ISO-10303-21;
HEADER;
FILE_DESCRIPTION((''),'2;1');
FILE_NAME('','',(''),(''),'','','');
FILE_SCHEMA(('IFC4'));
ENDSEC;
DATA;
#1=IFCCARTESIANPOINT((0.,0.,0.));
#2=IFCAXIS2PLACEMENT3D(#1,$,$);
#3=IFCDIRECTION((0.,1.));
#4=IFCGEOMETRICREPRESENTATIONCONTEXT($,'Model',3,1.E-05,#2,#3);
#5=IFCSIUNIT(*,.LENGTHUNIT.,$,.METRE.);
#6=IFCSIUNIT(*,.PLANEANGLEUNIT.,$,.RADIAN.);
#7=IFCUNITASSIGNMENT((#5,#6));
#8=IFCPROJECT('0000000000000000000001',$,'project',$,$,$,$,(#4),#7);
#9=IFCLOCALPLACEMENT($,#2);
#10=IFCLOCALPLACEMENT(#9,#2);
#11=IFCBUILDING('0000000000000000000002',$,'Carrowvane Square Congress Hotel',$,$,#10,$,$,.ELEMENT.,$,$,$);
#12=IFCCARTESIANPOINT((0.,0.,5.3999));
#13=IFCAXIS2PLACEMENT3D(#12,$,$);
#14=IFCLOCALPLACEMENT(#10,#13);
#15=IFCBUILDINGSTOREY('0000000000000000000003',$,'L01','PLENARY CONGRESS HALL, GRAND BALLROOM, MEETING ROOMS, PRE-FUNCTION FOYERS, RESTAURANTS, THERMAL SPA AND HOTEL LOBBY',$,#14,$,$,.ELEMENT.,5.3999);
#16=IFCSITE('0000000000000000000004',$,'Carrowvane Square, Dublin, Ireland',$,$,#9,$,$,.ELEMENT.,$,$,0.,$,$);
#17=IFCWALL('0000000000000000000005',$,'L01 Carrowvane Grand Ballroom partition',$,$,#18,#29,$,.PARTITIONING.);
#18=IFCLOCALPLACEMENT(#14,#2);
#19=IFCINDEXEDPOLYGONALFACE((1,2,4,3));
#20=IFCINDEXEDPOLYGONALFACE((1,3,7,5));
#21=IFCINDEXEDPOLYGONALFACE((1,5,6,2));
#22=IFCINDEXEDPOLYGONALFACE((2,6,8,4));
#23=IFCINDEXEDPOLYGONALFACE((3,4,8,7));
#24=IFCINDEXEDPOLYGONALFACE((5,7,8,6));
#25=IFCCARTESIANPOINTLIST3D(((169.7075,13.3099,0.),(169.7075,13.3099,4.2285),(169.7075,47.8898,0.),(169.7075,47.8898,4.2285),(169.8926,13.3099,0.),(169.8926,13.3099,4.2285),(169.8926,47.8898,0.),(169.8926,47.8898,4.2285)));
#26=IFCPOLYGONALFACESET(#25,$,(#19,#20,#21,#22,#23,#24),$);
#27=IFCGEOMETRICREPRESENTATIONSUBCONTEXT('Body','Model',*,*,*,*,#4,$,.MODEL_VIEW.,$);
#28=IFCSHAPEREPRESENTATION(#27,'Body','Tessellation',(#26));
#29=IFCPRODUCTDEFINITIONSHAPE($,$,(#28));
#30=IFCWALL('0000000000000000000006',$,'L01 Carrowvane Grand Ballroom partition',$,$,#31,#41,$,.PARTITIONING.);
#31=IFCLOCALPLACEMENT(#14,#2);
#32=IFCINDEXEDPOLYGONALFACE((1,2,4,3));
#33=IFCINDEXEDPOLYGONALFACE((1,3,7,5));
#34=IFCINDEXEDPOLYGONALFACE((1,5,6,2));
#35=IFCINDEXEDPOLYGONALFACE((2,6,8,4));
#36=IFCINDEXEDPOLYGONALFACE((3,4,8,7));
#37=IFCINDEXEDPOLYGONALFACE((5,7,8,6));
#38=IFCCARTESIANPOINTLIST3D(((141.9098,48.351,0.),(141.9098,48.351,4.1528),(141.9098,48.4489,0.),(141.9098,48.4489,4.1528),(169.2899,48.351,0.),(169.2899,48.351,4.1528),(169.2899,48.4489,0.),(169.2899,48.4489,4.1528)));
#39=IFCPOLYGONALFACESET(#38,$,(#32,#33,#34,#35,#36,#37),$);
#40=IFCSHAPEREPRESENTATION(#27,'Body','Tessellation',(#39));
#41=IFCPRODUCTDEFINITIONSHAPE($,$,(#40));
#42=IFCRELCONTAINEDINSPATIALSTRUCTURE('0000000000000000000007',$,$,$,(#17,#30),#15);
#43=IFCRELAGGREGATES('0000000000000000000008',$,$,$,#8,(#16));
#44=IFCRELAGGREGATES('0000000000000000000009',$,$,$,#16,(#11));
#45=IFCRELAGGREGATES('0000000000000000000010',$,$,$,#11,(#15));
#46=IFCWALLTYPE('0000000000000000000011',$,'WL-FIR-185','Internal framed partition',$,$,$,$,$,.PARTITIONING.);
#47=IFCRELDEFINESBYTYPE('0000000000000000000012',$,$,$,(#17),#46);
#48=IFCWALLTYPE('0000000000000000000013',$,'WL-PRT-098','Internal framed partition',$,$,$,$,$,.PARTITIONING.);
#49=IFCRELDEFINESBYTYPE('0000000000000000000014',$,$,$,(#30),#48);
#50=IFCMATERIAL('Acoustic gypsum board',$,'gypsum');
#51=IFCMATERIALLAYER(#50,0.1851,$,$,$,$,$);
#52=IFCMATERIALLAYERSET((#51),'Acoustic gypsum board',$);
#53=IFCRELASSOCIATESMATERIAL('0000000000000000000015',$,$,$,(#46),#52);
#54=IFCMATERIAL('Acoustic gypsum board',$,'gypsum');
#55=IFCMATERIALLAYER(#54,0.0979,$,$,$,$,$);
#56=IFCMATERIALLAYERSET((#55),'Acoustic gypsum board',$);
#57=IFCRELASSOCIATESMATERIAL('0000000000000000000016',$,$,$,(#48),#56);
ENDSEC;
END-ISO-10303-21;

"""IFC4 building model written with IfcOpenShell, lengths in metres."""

from ifc_helpers import new_model, si_unit, direction, frame, frame_2d, origin, place, context, subcontext, project, spatial, rectangle, extrude, material, layer, layer_set, type_object, element, save


model = new_model("IFC4")

# Units and contexts
model_context = context("Model", 3, precision=1e-05, world=origin(), true_north=direction((0.0, 1.0)))
body_context = subcontext(model_context, "Body", "Model", "MODEL_VIEW")
ifc_project = project(units=[si_unit("LENGTHUNIT", "METRE"), si_unit("PLANEANGLEUNIT", "RADIAN")], contexts=[model_context])

# Site, building, storey
site_placement = place(None, origin())
site = spatial("IfcSite", under=ifc_project, at=site_placement, Name="Carrowvane Square, Dublin, Ireland", CompositionType="ELEMENT", RefElevation=0.0)
building_placement = place(site_placement, origin())
building = spatial("IfcBuilding", under=site, at=building_placement, Name="Carrowvane Square Congress Hotel", CompositionType="ELEMENT")
storey_placement = place(building_placement, frame((0.0, 0.0, 5.3999)))
storey = spatial("IfcBuildingStorey", under=building, at=storey_placement, Name="L01", Description="PLENARY CONGRESS HALL, GRAND BALLROOM, MEETING ROOMS, PRE-FUNCTION FOYERS, RESTAURANTS, THERMAL SPA AND HOTEL LOBBY", CompositionType="ELEMENT", Elevation=5.3999)

# Walls
ifc_material_1 = material(Name="Acoustic gypsum board", Category="gypsum")
ifc_layer_1 = layer(ifc_material_1, 0.1851)
ifc_layer_set_1 = layer_set([ifc_layer_1], Name="Acoustic gypsum board")
wall_type_1 = type_object("IfcWallType", Name="WL-FIR-185", Description="Internal framed partition", PredefinedType="PARTITIONING", material=ifc_layer_set_1)
wall_1_placement = place(storey_placement, frame((169.8, 47.8899, 0.0), z_axis=(0.0, 0.0, 1.0), x_axis=(0.0, -1.0, 0.0)))
element("IfcWall", 1, at=wall_1_placement, inside=storey, type_object=wall_type_1, Name="L01 Carrowvane Grand Ballroom partition", PredefinedType="PARTITIONING", context=body_context, shape_type="SweptSolid", body=[
    extrude(rectangle(XDim=34.5798, YDim=0.1851, at=frame_2d((17.29, 0.0))), origin(), (0.0, 0.0, 1.0), 4.2285),
])
ifc_material_2 = material(Name="Acoustic gypsum board", Category="gypsum")
ifc_layer_2 = layer(ifc_material_2, 0.0979)
ifc_layer_set_2 = layer_set([ifc_layer_2], Name="Acoustic gypsum board")
wall_type_2 = type_object("IfcWallType", Name="WL-PRT-098", Description="Internal framed partition", PredefinedType="PARTITIONING", material=ifc_layer_set_2)
wall_2_placement = place(storey_placement, frame((141.9099, 48.3999, 0.0), z_axis=(0.0, 0.0, 1.0), x_axis=(1.0, 0.0, 0.0)))
element("IfcWall", 2, at=wall_2_placement, inside=storey, type_object=wall_type_2, Name="L01 Carrowvane Grand Ballroom partition", PredefinedType="PARTITIONING", context=body_context, shape_type="SweptSolid", body=[
    extrude(rectangle(XDim=27.3801, YDim=0.0979, at=frame_2d((13.6899, 0.0))), origin(), (0.0, 0.0, 1.0), 4.1528),
])

save(model, "model.ifc")
